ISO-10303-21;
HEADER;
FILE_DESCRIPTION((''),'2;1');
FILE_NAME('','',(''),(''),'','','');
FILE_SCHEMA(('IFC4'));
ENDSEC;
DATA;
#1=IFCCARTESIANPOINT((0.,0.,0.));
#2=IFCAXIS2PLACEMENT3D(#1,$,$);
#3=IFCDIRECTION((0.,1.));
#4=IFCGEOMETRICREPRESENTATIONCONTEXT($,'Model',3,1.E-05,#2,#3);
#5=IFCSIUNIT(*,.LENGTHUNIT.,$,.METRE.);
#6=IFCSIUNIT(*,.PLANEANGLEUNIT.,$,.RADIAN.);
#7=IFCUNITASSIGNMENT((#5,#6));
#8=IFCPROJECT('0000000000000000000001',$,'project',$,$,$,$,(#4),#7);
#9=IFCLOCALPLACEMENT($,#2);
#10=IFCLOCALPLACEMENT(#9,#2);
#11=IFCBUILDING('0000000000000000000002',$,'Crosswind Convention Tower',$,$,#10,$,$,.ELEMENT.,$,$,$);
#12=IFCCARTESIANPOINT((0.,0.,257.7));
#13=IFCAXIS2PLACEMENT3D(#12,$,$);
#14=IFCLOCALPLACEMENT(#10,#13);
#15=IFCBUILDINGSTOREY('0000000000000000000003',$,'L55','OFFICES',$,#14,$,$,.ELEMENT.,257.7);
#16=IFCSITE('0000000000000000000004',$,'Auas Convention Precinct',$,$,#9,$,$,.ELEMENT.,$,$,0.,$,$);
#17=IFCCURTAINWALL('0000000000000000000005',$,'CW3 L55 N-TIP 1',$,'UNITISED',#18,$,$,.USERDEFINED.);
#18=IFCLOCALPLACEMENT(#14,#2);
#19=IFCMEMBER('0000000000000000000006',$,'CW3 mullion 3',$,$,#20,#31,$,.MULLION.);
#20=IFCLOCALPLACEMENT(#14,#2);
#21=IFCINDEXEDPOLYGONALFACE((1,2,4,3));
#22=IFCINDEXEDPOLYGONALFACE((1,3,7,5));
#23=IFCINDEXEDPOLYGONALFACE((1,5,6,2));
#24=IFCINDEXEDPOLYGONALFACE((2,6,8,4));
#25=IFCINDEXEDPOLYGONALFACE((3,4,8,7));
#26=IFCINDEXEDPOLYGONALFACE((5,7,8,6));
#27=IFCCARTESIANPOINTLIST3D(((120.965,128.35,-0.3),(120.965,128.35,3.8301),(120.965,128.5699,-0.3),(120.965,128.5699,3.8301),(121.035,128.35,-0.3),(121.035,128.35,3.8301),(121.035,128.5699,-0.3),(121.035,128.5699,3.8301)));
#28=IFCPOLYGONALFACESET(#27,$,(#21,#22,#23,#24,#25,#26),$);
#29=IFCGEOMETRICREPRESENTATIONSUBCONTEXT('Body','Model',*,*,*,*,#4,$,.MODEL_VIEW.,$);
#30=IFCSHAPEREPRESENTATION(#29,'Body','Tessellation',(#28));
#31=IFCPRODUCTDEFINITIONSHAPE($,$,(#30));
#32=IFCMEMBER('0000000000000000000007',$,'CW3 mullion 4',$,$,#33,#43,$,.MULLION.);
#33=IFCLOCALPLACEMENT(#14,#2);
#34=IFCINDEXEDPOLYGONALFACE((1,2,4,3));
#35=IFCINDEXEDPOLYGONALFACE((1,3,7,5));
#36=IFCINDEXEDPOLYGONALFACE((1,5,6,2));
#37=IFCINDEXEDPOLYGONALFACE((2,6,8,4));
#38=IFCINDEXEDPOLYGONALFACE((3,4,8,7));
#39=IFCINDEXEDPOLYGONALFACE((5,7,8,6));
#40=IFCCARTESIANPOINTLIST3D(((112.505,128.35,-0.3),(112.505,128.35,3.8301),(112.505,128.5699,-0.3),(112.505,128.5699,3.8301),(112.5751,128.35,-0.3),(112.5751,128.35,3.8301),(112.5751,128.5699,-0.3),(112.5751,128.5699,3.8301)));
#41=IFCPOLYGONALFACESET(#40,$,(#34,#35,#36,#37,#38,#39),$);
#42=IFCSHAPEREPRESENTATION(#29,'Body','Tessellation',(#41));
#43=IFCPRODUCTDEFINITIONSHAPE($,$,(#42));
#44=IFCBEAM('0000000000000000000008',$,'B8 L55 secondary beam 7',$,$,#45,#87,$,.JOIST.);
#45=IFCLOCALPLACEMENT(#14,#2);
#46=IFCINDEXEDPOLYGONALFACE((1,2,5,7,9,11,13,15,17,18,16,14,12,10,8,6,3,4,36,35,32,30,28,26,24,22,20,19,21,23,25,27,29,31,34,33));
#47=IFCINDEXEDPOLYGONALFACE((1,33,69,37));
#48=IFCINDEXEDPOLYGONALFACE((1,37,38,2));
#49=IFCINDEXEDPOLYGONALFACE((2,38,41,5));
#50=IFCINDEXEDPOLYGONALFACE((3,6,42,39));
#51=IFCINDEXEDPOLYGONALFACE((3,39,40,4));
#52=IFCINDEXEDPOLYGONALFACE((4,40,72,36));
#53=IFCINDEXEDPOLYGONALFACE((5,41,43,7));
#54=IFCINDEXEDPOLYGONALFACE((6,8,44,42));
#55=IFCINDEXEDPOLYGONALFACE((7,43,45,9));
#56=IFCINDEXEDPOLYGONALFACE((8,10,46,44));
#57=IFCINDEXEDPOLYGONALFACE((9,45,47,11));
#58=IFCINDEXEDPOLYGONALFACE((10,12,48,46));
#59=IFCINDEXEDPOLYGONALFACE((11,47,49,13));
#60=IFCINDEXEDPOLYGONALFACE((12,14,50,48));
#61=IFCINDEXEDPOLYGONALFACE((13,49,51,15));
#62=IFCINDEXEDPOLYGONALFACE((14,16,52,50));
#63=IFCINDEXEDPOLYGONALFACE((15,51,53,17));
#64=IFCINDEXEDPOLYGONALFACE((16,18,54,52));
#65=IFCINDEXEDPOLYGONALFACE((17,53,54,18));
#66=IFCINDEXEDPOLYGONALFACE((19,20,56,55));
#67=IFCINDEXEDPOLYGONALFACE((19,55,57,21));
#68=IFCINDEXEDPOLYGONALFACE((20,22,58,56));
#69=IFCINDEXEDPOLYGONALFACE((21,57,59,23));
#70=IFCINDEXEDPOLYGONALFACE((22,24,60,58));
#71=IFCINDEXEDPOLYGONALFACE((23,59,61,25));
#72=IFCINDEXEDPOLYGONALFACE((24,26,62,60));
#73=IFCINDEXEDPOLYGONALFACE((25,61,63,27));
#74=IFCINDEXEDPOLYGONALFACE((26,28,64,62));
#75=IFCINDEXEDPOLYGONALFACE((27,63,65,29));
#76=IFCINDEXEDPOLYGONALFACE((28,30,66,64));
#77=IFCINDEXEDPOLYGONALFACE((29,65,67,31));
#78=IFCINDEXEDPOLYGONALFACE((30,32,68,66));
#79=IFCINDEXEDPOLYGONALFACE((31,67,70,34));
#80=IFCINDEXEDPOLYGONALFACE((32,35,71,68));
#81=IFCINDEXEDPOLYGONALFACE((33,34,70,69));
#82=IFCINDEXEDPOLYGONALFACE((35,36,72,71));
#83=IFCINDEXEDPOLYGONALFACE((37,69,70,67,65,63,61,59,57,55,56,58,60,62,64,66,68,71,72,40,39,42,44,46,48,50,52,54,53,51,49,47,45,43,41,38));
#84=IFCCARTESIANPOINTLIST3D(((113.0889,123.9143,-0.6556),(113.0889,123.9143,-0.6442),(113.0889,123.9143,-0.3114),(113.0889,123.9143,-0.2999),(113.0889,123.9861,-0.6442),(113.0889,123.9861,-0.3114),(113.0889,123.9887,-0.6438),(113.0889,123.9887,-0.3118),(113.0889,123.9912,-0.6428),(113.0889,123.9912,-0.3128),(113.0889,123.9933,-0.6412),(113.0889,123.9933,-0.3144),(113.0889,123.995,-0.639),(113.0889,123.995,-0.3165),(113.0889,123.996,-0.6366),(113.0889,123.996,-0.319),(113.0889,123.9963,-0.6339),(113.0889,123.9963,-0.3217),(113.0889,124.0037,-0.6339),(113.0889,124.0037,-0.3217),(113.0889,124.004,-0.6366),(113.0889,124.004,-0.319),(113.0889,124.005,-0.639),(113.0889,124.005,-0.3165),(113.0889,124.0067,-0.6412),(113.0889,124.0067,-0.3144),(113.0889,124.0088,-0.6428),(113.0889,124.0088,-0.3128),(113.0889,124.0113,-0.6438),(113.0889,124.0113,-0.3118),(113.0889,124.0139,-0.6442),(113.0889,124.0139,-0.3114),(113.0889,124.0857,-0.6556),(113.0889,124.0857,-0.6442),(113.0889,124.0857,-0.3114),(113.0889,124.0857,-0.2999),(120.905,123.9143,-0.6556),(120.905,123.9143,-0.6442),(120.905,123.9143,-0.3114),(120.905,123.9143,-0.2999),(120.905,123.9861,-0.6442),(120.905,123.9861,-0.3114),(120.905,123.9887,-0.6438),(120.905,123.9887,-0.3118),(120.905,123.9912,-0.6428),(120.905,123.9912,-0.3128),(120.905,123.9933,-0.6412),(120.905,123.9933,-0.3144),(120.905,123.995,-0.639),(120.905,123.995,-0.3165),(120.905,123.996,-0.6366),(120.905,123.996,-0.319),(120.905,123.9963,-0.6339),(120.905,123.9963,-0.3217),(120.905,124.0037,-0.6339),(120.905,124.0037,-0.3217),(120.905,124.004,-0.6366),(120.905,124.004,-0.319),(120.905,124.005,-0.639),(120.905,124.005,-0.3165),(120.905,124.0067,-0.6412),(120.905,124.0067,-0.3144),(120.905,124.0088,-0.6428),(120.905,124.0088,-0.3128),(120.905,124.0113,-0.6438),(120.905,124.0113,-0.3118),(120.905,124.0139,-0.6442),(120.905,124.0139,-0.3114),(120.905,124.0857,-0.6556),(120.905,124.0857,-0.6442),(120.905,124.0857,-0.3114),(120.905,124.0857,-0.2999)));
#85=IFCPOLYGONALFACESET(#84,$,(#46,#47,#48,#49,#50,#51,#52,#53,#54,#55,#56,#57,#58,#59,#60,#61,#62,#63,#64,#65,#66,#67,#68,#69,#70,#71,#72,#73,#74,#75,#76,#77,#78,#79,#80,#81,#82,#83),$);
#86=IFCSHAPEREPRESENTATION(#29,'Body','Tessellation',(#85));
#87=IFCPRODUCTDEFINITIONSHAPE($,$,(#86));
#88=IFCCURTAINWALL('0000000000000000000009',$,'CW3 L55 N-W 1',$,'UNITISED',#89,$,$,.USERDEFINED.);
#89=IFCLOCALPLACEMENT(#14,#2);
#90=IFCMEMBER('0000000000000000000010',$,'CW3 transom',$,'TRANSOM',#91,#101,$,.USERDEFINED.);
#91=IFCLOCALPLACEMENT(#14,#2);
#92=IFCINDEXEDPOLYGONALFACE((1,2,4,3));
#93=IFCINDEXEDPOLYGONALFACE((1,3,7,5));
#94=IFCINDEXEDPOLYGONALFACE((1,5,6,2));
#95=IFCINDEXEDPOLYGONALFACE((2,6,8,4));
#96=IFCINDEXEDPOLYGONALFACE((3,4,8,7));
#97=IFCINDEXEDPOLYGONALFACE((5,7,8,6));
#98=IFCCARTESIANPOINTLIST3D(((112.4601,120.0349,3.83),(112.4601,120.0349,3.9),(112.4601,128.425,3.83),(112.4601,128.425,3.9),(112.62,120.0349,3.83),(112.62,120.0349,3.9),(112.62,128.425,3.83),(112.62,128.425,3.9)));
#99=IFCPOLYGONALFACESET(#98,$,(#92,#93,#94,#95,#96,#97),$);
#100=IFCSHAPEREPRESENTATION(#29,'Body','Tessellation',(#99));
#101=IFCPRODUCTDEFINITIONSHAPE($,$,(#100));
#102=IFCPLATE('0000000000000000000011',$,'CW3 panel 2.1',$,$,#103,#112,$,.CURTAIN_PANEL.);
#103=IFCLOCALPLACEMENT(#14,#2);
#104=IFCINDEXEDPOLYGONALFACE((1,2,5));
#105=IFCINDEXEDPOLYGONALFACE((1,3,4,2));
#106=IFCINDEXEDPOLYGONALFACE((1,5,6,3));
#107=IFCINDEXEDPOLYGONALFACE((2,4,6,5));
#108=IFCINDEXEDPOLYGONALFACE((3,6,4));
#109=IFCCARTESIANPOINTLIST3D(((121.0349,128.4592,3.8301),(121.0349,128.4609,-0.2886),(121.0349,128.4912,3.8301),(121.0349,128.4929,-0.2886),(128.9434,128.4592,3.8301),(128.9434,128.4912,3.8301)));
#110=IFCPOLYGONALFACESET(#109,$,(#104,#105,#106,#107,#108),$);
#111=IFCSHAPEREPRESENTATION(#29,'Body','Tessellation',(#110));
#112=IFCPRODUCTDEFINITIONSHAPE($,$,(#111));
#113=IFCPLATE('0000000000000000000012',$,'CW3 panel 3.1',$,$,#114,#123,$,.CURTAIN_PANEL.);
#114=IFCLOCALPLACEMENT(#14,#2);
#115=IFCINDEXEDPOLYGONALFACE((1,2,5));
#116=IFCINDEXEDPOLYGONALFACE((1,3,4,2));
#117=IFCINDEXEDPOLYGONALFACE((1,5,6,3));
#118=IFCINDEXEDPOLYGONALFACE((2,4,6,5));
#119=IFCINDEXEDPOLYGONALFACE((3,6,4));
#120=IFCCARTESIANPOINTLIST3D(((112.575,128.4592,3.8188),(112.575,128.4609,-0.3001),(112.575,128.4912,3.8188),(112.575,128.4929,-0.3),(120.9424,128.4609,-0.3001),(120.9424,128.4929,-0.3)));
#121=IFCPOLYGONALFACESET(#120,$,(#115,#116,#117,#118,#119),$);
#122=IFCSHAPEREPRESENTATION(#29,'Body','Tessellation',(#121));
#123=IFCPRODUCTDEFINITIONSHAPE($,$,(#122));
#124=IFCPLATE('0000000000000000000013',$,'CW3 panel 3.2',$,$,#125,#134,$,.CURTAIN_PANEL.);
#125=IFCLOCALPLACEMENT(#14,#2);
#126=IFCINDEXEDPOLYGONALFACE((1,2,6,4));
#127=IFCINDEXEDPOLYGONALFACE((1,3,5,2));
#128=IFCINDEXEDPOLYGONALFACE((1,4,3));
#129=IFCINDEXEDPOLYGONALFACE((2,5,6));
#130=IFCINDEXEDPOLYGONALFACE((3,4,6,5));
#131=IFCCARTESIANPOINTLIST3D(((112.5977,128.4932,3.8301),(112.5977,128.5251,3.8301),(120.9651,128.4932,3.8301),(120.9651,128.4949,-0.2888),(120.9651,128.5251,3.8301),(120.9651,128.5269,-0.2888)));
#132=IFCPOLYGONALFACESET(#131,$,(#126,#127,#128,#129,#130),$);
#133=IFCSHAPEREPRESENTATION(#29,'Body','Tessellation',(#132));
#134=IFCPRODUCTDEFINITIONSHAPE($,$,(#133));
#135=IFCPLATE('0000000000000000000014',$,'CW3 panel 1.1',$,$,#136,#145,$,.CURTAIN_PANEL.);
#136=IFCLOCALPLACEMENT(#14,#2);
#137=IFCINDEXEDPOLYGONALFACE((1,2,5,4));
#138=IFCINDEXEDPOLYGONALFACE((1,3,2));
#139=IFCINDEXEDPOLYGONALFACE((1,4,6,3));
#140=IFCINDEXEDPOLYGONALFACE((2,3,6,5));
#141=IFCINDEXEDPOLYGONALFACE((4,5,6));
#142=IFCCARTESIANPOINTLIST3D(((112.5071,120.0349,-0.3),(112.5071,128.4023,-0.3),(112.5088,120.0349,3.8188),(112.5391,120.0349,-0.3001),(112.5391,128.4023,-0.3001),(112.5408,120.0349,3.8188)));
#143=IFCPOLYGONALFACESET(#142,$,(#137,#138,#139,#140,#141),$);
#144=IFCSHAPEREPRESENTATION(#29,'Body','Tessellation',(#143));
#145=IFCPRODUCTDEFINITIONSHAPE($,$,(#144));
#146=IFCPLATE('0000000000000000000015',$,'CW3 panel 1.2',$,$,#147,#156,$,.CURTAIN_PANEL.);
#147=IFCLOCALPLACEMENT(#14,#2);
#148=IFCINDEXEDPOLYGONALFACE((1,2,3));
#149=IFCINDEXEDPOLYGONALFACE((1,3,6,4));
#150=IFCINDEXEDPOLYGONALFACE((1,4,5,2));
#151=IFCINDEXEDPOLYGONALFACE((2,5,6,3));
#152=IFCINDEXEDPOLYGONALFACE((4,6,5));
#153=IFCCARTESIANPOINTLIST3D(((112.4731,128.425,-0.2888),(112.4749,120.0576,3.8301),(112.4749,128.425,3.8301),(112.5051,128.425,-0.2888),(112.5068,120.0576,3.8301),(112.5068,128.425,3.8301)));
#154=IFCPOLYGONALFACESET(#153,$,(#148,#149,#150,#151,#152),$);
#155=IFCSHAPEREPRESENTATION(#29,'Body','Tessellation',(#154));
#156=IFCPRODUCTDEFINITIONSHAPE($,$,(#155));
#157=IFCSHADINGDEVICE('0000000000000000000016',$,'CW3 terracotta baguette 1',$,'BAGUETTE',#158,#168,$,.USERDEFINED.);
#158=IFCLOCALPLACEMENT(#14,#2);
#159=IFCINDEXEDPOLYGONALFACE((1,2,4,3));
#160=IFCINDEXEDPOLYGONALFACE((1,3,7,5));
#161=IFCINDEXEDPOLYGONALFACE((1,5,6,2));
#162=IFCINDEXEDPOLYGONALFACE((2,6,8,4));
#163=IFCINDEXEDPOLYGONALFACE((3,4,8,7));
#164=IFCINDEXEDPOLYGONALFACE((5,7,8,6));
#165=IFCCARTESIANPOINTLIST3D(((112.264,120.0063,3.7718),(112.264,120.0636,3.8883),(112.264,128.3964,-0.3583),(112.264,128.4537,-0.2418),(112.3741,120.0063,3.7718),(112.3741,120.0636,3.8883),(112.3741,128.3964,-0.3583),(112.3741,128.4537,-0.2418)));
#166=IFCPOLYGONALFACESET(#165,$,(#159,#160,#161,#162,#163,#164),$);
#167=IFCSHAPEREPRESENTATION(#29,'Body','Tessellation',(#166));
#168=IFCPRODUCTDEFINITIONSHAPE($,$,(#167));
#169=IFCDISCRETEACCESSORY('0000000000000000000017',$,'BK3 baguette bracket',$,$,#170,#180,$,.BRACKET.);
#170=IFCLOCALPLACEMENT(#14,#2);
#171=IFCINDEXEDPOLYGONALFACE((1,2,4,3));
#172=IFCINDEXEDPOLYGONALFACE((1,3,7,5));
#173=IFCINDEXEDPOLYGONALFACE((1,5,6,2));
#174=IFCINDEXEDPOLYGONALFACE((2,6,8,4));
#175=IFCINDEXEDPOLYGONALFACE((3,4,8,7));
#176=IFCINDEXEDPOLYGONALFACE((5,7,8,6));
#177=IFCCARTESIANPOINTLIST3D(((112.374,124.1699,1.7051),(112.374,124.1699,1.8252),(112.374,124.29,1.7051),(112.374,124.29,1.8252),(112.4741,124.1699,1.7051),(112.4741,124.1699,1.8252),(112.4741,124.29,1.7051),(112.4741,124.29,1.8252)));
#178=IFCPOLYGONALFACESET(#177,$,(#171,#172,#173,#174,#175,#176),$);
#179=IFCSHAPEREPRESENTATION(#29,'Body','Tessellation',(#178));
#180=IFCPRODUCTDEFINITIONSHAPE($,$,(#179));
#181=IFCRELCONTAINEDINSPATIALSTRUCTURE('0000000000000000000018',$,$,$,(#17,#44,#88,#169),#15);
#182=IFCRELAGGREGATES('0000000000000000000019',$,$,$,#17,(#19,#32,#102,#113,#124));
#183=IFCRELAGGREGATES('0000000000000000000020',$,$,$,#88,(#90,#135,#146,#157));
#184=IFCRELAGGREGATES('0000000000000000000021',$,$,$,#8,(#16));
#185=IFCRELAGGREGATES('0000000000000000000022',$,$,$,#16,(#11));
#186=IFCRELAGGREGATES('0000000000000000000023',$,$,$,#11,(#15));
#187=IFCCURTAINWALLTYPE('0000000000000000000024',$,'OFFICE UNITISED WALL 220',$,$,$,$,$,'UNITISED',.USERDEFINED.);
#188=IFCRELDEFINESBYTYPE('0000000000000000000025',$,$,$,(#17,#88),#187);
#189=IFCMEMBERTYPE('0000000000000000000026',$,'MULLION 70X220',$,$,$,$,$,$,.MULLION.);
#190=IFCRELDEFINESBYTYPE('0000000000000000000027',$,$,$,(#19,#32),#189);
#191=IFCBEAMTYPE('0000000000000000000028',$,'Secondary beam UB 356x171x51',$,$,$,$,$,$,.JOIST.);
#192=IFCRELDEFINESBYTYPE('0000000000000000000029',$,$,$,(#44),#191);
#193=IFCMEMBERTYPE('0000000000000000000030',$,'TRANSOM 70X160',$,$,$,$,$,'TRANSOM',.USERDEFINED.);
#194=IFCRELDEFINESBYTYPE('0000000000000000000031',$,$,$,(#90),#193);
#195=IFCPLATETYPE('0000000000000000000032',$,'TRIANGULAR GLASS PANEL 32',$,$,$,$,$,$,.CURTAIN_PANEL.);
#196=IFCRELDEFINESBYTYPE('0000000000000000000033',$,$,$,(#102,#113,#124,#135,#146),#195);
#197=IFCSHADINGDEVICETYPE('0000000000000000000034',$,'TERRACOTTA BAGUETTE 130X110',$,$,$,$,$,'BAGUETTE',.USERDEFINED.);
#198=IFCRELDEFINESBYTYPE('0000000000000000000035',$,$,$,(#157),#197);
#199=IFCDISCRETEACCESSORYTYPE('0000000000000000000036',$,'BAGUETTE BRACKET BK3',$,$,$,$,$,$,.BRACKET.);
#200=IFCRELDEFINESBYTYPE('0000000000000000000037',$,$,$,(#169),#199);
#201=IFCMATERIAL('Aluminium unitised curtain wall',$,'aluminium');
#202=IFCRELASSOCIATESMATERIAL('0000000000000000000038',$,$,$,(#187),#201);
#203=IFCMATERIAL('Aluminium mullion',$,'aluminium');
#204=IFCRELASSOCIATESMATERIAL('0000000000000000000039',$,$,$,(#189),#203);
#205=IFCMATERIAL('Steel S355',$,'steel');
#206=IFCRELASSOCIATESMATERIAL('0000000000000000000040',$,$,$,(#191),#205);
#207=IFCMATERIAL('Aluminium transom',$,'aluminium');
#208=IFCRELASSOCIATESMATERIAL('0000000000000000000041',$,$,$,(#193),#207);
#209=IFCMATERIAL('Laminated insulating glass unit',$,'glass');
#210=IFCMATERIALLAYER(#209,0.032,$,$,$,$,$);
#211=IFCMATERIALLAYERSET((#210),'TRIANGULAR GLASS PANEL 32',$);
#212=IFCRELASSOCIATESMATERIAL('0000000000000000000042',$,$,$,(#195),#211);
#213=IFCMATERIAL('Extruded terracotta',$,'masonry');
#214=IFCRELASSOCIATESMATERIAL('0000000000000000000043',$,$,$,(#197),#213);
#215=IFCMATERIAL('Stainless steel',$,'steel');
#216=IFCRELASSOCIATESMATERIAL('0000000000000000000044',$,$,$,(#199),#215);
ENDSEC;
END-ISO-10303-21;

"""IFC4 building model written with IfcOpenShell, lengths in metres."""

from ifc_helpers import new_model, si_unit, direction, frame, origin, origin_2d, place, context, subcontext, project, spatial, polyline, rectangle, i_section, outline, extrude, material, layer, layer_set, material_profile, profile_set, type_object, element, aggregate, save


model = new_model("IFC4")

# Units and contexts
model_context = context("Model", 3, precision=1e-05, world=origin(), true_north=direction((0.0, 1.0)))
body_context = subcontext(model_context, "Body", "Model", "MODEL_VIEW")
ifc_project = project(units=[si_unit("LENGTHUNIT", "METRE"), si_unit("PLANEANGLEUNIT", "RADIAN")], contexts=[model_context])

# Site, building, storey
site_placement = place(None, origin())
site = spatial("IfcSite", under=ifc_project, at=site_placement, Name="Auas Convention Precinct", CompositionType="ELEMENT", RefElevation=0.0)
building_placement = place(site_placement, origin())
building = spatial("IfcBuilding", under=site, at=building_placement, Name="Crosswind Convention Tower", CompositionType="ELEMENT")
storey_placement = place(building_placement, frame((0.0, 0.0, 257.7)))
storey = spatial("IfcBuildingStorey", under=building, at=storey_placement, Name="L55", Description="OFFICES", CompositionType="ELEMENT", Elevation=257.7)

# Shared definitions
ifc_material_1 = material(Name="Steel S355", Category="steel")

# Curtain wall, members
ifc_material_2 = material(Name="Aluminium unitised curtain wall", Category="aluminium")
curtain_wall_type = type_object("IfcCurtainWallType", Name="OFFICE UNITISED WALL 220", ElementType="UNITISED", PredefinedType="USERDEFINED", material=ifc_material_2)
curtain_wall_1_placement = place(storey_placement, origin())
curtain_wall_1 = element("IfcCurtainWall", 1, at=curtain_wall_1_placement, inside=storey, type_object=curtain_wall_type, Name="CW3 L55 N-TIP 1", ObjectType="UNITISED", PredefinedType="USERDEFINED")
ifc_material_3 = material(Name="Aluminium mullion", Category="aluminium")
ifc_material_profile_1 = material_profile(ifc_material_3, rectangle(XDim=0.22, YDim=0.0701, at=origin_2d()), Name="AL 220X70")
ifc_profile_set_1 = profile_set([ifc_material_profile_1], Name="Aluminium mullion")
member_type_1 = type_object("IfcMemberType", Name="MULLION 70X220", PredefinedType="MULLION", material=ifc_profile_set_1)
member_1_placement = place(storey_placement, frame((121.0, 128.46, -0.3), z_axis=(0.0, 0.0, 1.0), x_axis=(0.0, 1.0, 0.0)))
member_1 = element("IfcMember", 2, at=member_1_placement, type_object=member_type_1, Name="CW3 mullion 3", PredefinedType="MULLION", context=body_context, shape_type="SweptSolid", body=[
    extrude(rectangle(XDim=0.22, YDim=0.0701, at=origin_2d()), origin(), (0.0, 0.0, 1.0), 4.1301),
])
member_2_placement = place(storey_placement, frame((112.54, 128.46, -0.3), z_axis=(0.0, 0.0, 1.0), x_axis=(0.0, 1.0, 0.0)))
member_2 = element("IfcMember", 3, at=member_2_placement, type_object=member_type_1, Name="CW3 mullion 4", PredefinedType="MULLION", context=body_context, shape_type="SweptSolid", body=[
    extrude(rectangle(XDim=0.22, YDim=0.0701, at=origin_2d()), origin(), (0.0, 0.0, 1.0), 4.1301),
])

# Beam
ifc_material_profile_2 = material_profile(ifc_material_1, i_section(OverallWidth=0.1714, OverallDepth=0.3557, WebThickness=0.0073, FlangeThickness=0.0115, FilletRadius=0.0103, at=origin_2d()), Name="UB 356x171x51")
ifc_profile_set_2 = profile_set([ifc_material_profile_2], Name="Steel S355")
beam_type_1 = type_object("IfcBeamType", Name="Secondary beam UB 356x171x51", PredefinedType="JOIST", material=ifc_profile_set_2)
beam_1_placement = place(storey_placement, frame((113.0889, 124.0, -0.4778), z_axis=(1.0, 0.0, 0.0), x_axis=(0.0, 1.0, 0.0)))
element("IfcBeam", 4, at=beam_1_placement, inside=storey, type_object=beam_type_1, Name="B8 L55 secondary beam 7", PredefinedType="JOIST", context=body_context, shape_type="SweptSolid", body=[
    extrude(i_section(OverallWidth=0.1714, OverallDepth=0.3557, WebThickness=0.0073, FlangeThickness=0.0115, FilletRadius=0.0103, at=origin_2d()), origin(), (0.0, 0.0, 1.0), 7.8162),
])

# Curtain wall, member
curtain_wall_2_placement = place(storey_placement, origin())
curtain_wall_2 = element("IfcCurtainWall", 5, at=curtain_wall_2_placement, inside=storey, type_object=curtain_wall_type, Name="CW3 L55 N-W 1", ObjectType="UNITISED", PredefinedType="USERDEFINED")
ifc_material_4 = material(Name="Aluminium transom", Category="aluminium")
ifc_material_profile_3 = material_profile(ifc_material_4, rectangle(XDim=0.1599, YDim=0.0701, at=origin_2d()), Name="AL 160X70")
ifc_profile_set_3 = profile_set([ifc_material_profile_3], Name="Aluminium transom")
member_type_2 = type_object("IfcMemberType", Name="TRANSOM 70X160", ElementType="TRANSOM", PredefinedType="USERDEFINED", material=ifc_profile_set_3)
member_3_placement = place(storey_placement, frame((112.54, 128.425, 3.865), z_axis=(0.0, -1.0, 0.0), x_axis=(1.0, 0.0, 0.0)))
member_3 = element("IfcMember", 6, at=member_3_placement, type_object=member_type_2, Name="CW3 transom", ObjectType="TRANSOM", PredefinedType="USERDEFINED", context=body_context, shape_type="SweptSolid", body=[
    extrude(rectangle(XDim=0.1599, YDim=0.0701, at=origin_2d()), origin(), (0.0, 0.0, 1.0), 8.3901),
])

# Plates
ifc_material_5 = material(Name="Laminated insulating glass unit", Category="glass")
ifc_layer = layer(ifc_material_5, 0.032)
ifc_layer_set = layer_set([ifc_layer], Name="TRIANGULAR GLASS PANEL 32")
plate_type = type_object("IfcPlateType", Name="TRIANGULAR GLASS PANEL 32", PredefinedType="CURTAIN_PANEL", material=ifc_layer_set)
plate_1_placement = place(storey_placement, frame((121.0349, 128.4912, 3.8301), z_axis=(0.0, 1.0, 0.000415), x_axis=(1.0, 0.0, 0.0)))
plate_1 = element("IfcPlate", 7, at=plate_1_placement, type_object=plate_type, Name="CW3 panel 2.1", PredefinedType="CURTAIN_PANEL", context=body_context, shape_type="SweptSolid", body=[
    extrude(outline(polyline([(0.0, 0.0), (7.9084, 0.0), (0.0, 4.1187), (0.0, 0.0)])), origin(), (0.0, 0.0, -1.0), 0.032),
])
plate_2_placement = place(storey_placement, frame((112.575, 128.4929, -0.3), z_axis=(0.0, 1.0, 0.000415), x_axis=(0.0, -0.000415, 1.0)))
plate_2 = element("IfcPlate", 8, at=plate_2_placement, type_object=plate_type, Name="CW3 panel 3.1", PredefinedType="CURTAIN_PANEL", context=body_context, shape_type="SweptSolid", body=[
    extrude(outline(polyline([(0.0, 0.0), (4.1189, 0.0), (0.0, 8.3674), (0.0, 0.0)])), origin(), (0.0, 0.0, -1.0), 0.032),
])
plate_3_placement = place(storey_placement, frame((120.9651, 128.5251, 3.8301), z_axis=(0.0, 1.0, 0.000415), x_axis=(0.0, 0.000415, -1.0)))
plate_3 = element("IfcPlate", 9, at=plate_3_placement, type_object=plate_type, Name="CW3 panel 3.2", PredefinedType="CURTAIN_PANEL", context=body_context, shape_type="SweptSolid", body=[
    extrude(outline(polyline([(0.0, 0.0), (4.1189, 0.0), (0.0, 8.3674), (0.0, 0.0)])), origin(), (0.0, 0.0, -1.0), 0.032),
])
aggregate(curtain_wall_1, [member_1, member_2, plate_1, plate_2, plate_3])
plate_4_placement = place(storey_placement, frame((112.5071, 120.0349, -0.3), z_axis=(-1.0, 0.0, 0.000415), x_axis=(0.000415, 0.0, 1.0)))
plate_4 = element("IfcPlate", 10, at=plate_4_placement, type_object=plate_type, Name="CW3 panel 1.1", PredefinedType="CURTAIN_PANEL", context=body_context, shape_type="SweptSolid", body=[
    extrude(outline(polyline([(0.0, 0.0), (4.1189, 0.0), (0.0, 8.3674), (0.0, 0.0)])), origin(), (0.0, 0.0, -1.0), 0.032),
])
plate_5_placement = place(storey_placement, frame((112.4749, 128.425, 3.8301), z_axis=(-1.0, 0.0, 0.000415), x_axis=(-0.000415, 0.0, -1.0)))
plate_5 = element("IfcPlate", 11, at=plate_5_placement, type_object=plate_type, Name="CW3 panel 1.2", PredefinedType="CURTAIN_PANEL", context=body_context, shape_type="SweptSolid", body=[
    extrude(outline(polyline([(0.0, 0.0), (4.1189, 0.0), (0.0, 8.3674), (0.0, 0.0)])), origin(), (0.0, 0.0, -1.0), 0.032),
])

# Shading device
ifc_material_6 = material(Name="Extruded terracotta", Category="masonry")
ifc_material_profile_4 = material_profile(ifc_material_6, rectangle(XDim=0.1101, YDim=0.1299, at=origin_2d()), Name="TC 110X130")
ifc_profile_set_4 = profile_set([ifc_material_profile_4], Name="Extruded terracotta")
shading_device_type = type_object("IfcShadingDeviceType", Name="TERRACOTTA BAGUETTE 130X110", ElementType="BAGUETTE", PredefinedType="USERDEFINED", material=ifc_profile_set_4)
shading_device_placement = place(storey_placement, frame((112.3191, 128.425, -0.3), z_axis=(0.0, -0.897188, 0.441649), x_axis=(1.0, 0.0, 0.0)))
shading_device = element("IfcShadingDevice", 12, at=shading_device_placement, type_object=shading_device_type, Name="CW3 terracotta baguette 1", ObjectType="BAGUETTE", PredefinedType="USERDEFINED", context=body_context, shape_type="SweptSolid", body=[
    extrude(rectangle(XDim=0.1101, YDim=0.1299, at=origin_2d()), origin(), (0.0, 0.0, 1.0), 9.3516),
])
aggregate(curtain_wall_2, [member_3, plate_4, plate_5, shading_device])

# Discrete accessory
ifc_material_7 = material(Name="Stainless steel", Category="steel")
discrete_accessory_type = type_object("IfcDiscreteAccessoryType", Name="BAGUETTE BRACKET BK3", PredefinedType="BRACKET", material=ifc_material_7)
discrete_accessory_placement = place(storey_placement, frame((112.4241, 124.23, 1.7051), z_axis=(0.0, 0.0, 1.0), x_axis=(0.0, -1.0, 0.0)))
element("IfcDiscreteAccessory", 13, at=discrete_accessory_placement, inside=storey, type_object=discrete_accessory_type, Name="BK3 baguette bracket", PredefinedType="BRACKET", context=body_context, shape_type="SweptSolid", body=[
    extrude(rectangle(XDim=0.1201, YDim=0.1001, at=origin_2d()), origin(), (0.0, 0.0, 1.0), 0.1201),
])

save(model, "model.ifc")
